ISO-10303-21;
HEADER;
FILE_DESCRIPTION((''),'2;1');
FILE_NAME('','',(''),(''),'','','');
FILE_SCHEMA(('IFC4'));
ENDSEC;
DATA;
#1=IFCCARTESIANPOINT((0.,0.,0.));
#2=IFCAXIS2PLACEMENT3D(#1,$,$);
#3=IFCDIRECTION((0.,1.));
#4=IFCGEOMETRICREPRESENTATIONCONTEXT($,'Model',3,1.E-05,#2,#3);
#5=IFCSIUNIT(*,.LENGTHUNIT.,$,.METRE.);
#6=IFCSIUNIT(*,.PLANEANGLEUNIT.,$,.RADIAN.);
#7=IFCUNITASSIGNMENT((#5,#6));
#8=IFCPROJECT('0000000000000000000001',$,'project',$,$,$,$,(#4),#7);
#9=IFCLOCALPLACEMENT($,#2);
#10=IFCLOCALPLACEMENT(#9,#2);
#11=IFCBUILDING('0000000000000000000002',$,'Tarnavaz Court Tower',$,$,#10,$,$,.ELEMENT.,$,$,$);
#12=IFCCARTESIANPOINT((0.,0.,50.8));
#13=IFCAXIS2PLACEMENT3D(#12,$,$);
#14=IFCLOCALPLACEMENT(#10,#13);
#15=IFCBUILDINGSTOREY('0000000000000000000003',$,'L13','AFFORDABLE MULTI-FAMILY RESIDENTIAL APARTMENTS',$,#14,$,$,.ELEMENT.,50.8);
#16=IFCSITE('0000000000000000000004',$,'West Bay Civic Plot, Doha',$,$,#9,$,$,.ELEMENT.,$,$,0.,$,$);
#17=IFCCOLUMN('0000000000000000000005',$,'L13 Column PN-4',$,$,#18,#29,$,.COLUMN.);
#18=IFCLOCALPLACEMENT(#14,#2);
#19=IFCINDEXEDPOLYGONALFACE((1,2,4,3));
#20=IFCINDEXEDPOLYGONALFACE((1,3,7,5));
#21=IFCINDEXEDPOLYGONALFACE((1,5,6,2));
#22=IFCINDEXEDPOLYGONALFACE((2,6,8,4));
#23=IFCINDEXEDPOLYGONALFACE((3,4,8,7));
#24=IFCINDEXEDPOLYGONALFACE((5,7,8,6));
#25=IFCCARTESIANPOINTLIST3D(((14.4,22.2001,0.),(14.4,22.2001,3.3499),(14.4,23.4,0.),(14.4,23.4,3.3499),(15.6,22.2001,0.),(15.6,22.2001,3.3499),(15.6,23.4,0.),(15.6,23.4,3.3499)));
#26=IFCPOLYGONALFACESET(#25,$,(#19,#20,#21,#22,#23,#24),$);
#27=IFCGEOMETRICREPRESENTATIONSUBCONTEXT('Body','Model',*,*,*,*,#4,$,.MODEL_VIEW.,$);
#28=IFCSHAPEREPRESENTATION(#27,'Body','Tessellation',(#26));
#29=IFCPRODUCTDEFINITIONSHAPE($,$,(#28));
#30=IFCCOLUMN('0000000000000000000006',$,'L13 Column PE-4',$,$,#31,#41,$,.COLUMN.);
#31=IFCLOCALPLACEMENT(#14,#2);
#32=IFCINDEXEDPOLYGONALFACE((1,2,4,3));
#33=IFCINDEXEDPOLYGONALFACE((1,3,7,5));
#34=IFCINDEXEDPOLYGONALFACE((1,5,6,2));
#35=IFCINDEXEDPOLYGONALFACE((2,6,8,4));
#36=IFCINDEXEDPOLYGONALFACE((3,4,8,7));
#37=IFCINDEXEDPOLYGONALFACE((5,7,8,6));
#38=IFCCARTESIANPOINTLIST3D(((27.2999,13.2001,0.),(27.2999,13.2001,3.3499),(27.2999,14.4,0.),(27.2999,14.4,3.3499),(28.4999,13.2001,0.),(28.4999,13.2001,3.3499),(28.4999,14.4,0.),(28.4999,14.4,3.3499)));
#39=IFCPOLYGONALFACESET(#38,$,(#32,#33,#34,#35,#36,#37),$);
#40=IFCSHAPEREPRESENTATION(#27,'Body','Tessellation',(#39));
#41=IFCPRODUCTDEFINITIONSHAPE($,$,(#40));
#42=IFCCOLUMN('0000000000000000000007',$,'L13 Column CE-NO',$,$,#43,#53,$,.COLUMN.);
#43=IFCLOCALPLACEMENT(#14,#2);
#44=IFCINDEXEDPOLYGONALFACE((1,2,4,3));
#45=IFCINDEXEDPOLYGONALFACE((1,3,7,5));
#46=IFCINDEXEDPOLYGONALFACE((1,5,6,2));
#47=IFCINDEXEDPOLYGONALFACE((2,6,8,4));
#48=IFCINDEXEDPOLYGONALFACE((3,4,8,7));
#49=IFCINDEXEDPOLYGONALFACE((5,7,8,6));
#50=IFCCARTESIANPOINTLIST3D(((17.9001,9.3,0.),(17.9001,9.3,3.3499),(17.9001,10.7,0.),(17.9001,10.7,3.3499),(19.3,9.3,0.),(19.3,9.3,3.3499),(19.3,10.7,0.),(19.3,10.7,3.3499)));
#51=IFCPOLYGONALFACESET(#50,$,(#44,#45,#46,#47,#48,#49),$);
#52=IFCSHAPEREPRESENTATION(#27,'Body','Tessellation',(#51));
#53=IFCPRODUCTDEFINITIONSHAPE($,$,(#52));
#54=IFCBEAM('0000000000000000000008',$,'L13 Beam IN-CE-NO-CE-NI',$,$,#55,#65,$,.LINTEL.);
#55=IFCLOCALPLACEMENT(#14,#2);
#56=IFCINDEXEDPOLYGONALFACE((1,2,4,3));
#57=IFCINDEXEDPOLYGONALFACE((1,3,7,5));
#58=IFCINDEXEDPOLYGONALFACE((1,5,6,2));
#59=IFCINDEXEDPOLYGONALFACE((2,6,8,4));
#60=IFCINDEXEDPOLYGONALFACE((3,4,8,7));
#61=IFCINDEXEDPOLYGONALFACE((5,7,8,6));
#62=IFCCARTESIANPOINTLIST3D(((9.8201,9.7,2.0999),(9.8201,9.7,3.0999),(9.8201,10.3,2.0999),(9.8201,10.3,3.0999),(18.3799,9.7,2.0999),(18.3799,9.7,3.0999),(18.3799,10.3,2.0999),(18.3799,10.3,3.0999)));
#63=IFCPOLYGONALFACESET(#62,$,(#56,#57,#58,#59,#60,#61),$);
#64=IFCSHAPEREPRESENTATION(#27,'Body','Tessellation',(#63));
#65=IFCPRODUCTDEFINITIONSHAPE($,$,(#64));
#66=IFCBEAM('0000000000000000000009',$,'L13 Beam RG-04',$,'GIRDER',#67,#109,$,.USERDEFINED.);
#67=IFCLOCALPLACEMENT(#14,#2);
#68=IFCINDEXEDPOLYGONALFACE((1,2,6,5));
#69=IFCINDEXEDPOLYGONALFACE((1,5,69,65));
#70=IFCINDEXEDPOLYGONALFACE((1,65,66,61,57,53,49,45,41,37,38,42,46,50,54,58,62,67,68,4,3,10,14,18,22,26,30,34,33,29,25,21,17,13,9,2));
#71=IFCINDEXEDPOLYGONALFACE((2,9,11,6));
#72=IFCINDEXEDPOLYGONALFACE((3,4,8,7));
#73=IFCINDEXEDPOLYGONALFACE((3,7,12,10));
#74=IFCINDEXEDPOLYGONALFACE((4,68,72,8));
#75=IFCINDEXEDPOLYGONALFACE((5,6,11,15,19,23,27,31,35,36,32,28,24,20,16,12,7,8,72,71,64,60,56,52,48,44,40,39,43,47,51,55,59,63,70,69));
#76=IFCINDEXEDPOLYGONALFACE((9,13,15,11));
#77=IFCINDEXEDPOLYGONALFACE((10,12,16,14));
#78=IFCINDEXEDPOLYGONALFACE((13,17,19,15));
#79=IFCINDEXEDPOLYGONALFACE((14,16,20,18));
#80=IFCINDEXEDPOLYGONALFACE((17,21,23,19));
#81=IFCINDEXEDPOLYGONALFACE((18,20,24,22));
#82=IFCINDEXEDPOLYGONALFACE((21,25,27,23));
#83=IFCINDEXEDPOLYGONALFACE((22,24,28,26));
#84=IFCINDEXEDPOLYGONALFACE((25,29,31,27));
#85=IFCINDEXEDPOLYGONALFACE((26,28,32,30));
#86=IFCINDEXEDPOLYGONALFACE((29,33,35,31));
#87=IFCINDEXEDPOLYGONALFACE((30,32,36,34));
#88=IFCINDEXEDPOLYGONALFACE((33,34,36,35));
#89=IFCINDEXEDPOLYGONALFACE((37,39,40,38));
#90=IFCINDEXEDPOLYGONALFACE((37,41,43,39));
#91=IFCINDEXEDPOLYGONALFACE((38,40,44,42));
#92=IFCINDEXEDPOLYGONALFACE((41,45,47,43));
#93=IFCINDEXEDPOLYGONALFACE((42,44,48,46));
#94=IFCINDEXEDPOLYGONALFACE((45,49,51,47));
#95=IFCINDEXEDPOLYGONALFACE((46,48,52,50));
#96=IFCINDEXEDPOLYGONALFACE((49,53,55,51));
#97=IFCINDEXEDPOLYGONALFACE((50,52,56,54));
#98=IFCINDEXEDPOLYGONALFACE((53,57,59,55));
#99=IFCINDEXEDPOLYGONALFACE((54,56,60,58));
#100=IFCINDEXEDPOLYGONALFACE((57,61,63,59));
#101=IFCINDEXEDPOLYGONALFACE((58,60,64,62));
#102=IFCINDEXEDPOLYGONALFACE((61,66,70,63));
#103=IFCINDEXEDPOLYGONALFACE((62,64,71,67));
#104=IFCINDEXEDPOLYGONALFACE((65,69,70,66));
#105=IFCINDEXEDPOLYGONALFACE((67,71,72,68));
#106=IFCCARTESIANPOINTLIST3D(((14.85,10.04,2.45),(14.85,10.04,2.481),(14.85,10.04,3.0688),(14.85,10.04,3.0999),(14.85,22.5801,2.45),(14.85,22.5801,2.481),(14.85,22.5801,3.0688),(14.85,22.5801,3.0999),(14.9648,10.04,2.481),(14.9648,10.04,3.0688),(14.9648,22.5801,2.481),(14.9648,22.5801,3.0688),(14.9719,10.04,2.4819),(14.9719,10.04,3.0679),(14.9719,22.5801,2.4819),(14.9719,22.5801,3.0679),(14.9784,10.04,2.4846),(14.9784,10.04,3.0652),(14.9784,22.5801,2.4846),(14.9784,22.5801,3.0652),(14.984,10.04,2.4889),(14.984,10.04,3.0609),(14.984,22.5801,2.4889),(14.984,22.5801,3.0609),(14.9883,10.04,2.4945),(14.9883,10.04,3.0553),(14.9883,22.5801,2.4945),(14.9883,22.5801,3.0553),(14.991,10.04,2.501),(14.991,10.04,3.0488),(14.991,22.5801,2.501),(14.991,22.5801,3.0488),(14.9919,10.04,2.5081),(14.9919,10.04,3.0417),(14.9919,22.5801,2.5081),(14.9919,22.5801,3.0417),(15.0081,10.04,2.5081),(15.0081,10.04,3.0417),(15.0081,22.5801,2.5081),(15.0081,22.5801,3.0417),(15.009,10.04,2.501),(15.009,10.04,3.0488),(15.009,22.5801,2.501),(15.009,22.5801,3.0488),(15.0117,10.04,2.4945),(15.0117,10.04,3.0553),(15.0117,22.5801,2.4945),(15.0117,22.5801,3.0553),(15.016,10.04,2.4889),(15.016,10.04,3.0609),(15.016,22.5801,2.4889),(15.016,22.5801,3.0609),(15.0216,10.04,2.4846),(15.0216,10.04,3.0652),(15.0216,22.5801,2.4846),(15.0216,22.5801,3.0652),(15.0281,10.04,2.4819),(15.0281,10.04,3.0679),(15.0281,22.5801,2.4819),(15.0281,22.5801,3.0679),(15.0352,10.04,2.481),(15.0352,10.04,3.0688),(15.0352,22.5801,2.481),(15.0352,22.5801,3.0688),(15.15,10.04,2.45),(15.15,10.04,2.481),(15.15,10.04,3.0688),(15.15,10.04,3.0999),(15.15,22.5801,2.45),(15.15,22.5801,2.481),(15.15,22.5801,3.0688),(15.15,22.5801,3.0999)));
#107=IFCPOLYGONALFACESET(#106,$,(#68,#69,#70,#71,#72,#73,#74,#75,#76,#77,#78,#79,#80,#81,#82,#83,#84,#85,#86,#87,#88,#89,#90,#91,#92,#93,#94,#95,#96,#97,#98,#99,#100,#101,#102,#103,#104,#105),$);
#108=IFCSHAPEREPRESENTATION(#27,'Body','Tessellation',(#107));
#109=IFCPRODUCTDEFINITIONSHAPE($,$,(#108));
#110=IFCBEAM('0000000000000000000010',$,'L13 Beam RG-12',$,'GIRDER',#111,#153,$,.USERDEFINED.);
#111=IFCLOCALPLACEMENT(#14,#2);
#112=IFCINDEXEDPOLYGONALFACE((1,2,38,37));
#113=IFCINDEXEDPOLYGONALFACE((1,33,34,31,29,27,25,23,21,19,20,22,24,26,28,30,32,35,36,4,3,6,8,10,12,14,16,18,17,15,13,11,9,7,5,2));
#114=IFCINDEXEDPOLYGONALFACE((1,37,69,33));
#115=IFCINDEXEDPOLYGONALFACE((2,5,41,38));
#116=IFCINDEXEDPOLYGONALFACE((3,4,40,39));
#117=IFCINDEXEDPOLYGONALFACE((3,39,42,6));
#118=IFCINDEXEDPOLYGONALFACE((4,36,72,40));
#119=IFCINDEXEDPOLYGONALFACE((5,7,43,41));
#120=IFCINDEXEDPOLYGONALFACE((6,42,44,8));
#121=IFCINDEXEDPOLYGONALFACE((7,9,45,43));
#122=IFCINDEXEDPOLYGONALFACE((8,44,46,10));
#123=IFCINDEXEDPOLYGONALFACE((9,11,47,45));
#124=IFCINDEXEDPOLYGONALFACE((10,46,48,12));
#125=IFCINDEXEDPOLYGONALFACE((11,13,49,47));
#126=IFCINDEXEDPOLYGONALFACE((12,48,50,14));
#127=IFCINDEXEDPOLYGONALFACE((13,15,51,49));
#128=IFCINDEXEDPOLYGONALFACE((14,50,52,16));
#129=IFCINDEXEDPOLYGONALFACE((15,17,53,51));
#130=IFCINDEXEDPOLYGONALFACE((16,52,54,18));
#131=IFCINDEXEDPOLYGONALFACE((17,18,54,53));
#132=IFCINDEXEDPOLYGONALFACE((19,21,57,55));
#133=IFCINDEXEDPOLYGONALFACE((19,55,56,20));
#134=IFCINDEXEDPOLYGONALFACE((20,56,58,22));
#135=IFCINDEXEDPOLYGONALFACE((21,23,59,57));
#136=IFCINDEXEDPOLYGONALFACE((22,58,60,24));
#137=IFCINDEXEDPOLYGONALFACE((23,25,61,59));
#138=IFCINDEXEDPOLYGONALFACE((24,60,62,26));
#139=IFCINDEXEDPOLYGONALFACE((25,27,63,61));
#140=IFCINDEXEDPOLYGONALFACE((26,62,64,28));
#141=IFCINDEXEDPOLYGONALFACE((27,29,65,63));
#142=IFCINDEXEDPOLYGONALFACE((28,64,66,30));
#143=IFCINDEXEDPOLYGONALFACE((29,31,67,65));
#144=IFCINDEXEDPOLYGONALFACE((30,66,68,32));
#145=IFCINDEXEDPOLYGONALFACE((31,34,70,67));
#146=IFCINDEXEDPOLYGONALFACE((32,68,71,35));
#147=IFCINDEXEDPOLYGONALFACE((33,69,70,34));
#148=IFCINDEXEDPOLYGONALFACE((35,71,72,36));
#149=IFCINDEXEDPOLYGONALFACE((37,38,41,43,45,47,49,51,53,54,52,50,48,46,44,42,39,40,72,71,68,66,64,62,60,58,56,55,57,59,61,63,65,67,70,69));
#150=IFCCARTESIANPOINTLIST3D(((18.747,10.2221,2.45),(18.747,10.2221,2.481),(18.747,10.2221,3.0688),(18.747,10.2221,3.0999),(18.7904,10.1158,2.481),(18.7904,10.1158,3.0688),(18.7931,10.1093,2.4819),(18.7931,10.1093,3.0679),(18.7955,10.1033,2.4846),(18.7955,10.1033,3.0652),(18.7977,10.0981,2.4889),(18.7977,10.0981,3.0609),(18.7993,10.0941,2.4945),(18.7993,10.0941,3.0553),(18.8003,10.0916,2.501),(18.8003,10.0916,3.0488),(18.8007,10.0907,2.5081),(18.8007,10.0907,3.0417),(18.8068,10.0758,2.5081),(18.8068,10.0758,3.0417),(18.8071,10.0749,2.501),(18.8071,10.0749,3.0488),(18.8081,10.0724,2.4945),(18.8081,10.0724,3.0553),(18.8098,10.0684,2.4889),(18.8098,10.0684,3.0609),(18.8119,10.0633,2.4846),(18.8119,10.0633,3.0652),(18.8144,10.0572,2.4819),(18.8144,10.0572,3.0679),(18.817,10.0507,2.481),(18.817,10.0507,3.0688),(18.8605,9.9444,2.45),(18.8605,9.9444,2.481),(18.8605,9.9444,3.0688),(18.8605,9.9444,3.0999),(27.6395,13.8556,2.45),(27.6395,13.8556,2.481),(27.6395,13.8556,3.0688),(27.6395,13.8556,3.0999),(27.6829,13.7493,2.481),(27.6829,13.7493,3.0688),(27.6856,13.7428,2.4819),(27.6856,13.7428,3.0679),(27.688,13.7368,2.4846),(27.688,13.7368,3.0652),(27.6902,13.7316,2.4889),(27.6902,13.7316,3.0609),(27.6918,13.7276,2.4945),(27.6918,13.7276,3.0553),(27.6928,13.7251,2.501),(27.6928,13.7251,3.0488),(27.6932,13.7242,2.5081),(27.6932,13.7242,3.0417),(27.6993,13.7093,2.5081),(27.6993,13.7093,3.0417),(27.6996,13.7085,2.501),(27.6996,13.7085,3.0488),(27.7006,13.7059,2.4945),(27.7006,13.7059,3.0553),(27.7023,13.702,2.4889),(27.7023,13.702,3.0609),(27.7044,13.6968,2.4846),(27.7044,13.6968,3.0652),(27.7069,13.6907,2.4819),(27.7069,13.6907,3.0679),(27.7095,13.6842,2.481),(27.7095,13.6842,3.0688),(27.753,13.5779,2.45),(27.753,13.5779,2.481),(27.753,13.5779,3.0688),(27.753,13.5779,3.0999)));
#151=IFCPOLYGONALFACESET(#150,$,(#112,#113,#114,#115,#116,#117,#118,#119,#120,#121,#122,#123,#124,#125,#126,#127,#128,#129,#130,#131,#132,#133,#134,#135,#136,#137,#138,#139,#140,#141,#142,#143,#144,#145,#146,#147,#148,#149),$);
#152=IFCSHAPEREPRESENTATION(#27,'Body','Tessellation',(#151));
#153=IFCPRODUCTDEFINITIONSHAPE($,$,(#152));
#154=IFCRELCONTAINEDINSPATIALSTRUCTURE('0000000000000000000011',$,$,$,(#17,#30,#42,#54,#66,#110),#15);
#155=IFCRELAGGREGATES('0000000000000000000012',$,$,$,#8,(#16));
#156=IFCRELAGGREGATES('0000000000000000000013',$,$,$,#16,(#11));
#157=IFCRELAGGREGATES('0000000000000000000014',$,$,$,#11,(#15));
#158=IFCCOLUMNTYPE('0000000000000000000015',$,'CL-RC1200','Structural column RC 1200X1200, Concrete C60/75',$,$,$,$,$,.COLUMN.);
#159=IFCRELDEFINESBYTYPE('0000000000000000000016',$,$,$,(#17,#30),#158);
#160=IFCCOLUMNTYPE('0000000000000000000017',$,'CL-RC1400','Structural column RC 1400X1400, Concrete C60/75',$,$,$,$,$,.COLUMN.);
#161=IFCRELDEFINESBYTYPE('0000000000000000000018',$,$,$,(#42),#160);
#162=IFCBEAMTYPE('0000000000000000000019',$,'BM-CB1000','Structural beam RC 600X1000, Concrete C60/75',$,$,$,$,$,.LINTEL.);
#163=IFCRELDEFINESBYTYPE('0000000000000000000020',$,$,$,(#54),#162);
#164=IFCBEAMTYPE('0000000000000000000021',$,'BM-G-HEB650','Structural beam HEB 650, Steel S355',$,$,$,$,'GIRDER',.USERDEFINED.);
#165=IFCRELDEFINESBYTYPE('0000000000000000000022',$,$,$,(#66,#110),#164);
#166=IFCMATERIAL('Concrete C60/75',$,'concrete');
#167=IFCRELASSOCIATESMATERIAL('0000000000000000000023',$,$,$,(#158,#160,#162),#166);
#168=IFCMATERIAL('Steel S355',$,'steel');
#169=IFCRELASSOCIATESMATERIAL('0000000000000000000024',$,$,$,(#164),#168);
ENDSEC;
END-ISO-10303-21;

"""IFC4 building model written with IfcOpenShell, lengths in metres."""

from ifc_helpers import new_model, si_unit, direction, frame, origin, origin_2d, place, context, subcontext, project, spatial, rectangle, i_section, extrude, material, material_profile, profile_set, type_object, element, save


model = new_model("IFC4")

# Units and contexts
model_context = context("Model", 3, precision=1e-05, world=origin(), true_north=direction((0.0, 1.0)))
body_context = subcontext(model_context, "Body", "Model", "MODEL_VIEW")
ifc_project = project(units=[si_unit("LENGTHUNIT", "METRE"), si_unit("PLANEANGLEUNIT", "RADIAN")], contexts=[model_context])

# Site, building, storey
site_placement = place(None, origin())
site = spatial("IfcSite", under=ifc_project, at=site_placement, Name="West Bay Civic Plot, Doha", CompositionType="ELEMENT", RefElevation=0.0)
building_placement = place(site_placement, origin())
building = spatial("IfcBuilding", under=site, at=building_placement, Name="Tarnavaz Court Tower", CompositionType="ELEMENT")
storey_placement = place(building_placement, frame((0.0, 0.0, 50.8)))
storey = spatial("IfcBuildingStorey", under=building, at=storey_placement, Name="L13", Description="AFFORDABLE MULTI-FAMILY RESIDENTIAL APARTMENTS", CompositionType="ELEMENT", Elevation=50.8)

# Columns
ifc_material_1 = material(Name="Concrete C60/75", Category="concrete")
ifc_material_profile_1 = material_profile(ifc_material_1, rectangle(XDim=1.2, YDim=1.2, at=origin_2d()), Name="RC 1200X1200")
ifc_profile_set_1 = profile_set([ifc_material_profile_1], Name="Concrete C60/75")
column_type_1 = type_object("IfcColumnType", Name="CL-RC1200", Description="Structural column RC 1200X1200, Concrete C60/75", PredefinedType="COLUMN", material=ifc_profile_set_1)
for number, where, z_axis, x_axis, name in (
    (1, (15.0, 22.8, 0.0), (0.0, 0.0, 1.0), (1.0, 0.0, 0.0), "L13 Column PN-4"),
    (2, (27.8999, 13.8, 0.0), (0.0, 0.0, 1.0), (1.0, 0.0, 0.0), "L13 Column PE-4"),
):
    element("IfcColumn", number, at=place(storey_placement, frame(where, z_axis=z_axis, x_axis=x_axis)), inside=storey, type_object=column_type_1, Name=name, PredefinedType="COLUMN", context=body_context, shape_type="SweptSolid", body=[
        extrude(rectangle(XDim=1.2, YDim=1.2, at=origin_2d()), origin(), (0.0, 0.0, 1.0), 3.3499),
    ])
ifc_material_profile_2 = material_profile(ifc_material_1, rectangle(XDim=1.3999, YDim=1.3999, at=origin_2d()), Name="RC 1400X1400")
ifc_profile_set_2 = profile_set([ifc_material_profile_2], Name="Concrete C60/75")
column_type_2 = type_object("IfcColumnType", Name="CL-RC1400", Description="Structural column RC 1400X1400, Concrete C60/75", PredefinedType="COLUMN", material=ifc_profile_set_2)
column_placement = place(storey_placement, frame((18.6001, 10.0, 0.0), z_axis=(0.0, 0.0, 1.0), x_axis=(1.0, 0.0, 0.0)))
element("IfcColumn", 3, at=column_placement, inside=storey, type_object=column_type_2, Name="L13 Column CE-NO", PredefinedType="COLUMN", context=body_context, shape_type="SweptSolid", body=[
    extrude(rectangle(XDim=1.3999, YDim=1.3999, at=origin_2d()), origin(), (0.0, 0.0, 1.0), 3.3499),
])

# Beams
ifc_material_profile_3 = material_profile(ifc_material_1, rectangle(XDim=0.6001, YDim=1.0, at=origin_2d()), Name="RC 600X1000")
ifc_profile_set_3 = profile_set([ifc_material_profile_3], Name="Concrete C60/75")
beam_type_1 = type_object("IfcBeamType", Name="BM-CB1000", Description="Structural beam RC 600X1000, Concrete C60/75", PredefinedType="LINTEL", material=ifc_profile_set_3)
beam_1_placement = place(storey_placement, frame((18.3799, 10.0, 2.5999), z_axis=(-1.0, 0.0, 0.0), x_axis=(0.0, -1.0, 0.0)))
element("IfcBeam", 4, at=beam_1_placement, inside=storey, type_object=beam_type_1, Name="L13 Beam IN-CE-NO-CE-NI", PredefinedType="LINTEL", context=body_context, shape_type="SweptSolid", body=[
    extrude(rectangle(XDim=0.6001, YDim=1.0, at=origin_2d()), origin(), (0.0, 0.0, 1.0), 8.5598),
])
ifc_material_2 = material(Name="Steel S355", Category="steel")
ifc_material_profile_4 = material_profile(ifc_material_2, i_section(OverallWidth=0.3, OverallDepth=0.6499, WebThickness=0.0161, FlangeThickness=0.031, FilletRadius=0.0271, at=origin_2d()), Name="HEB 650")
ifc_profile_set_4 = profile_set([ifc_material_profile_4], Name="Steel S355")
beam_type_2 = type_object("IfcBeamType", Name="BM-G-HEB650", Description="Structural beam HEB 650, Steel S355", ElementType="GIRDER", PredefinedType="USERDEFINED", material=ifc_profile_set_4)
beam_2_placement = place(storey_placement, frame((15.0, 10.04, 2.7749), z_axis=(0.0, 1.0, 0.0), x_axis=(-1.0, 0.0, 0.0)))
element("IfcBeam", 5, at=beam_2_placement, inside=storey, type_object=beam_type_2, Name="L13 Beam RG-04", ObjectType="GIRDER", PredefinedType="USERDEFINED", context=body_context, shape_type="SweptSolid", body=[
    extrude(i_section(OverallWidth=0.3, OverallDepth=0.6499, WebThickness=0.0161, FlangeThickness=0.031, FilletRadius=0.0271, at=origin_2d()), origin(), (0.0, 0.0, 1.0), 12.54),
])
beam_3_placement = place(storey_placement, frame((18.8037, 10.0833, 2.7749), z_axis=(0.925705, 0.378247, 0.0), x_axis=(-0.378247, 0.925705, 0.0)))
element("IfcBeam", 6, at=beam_3_placement, inside=storey, type_object=beam_type_2, Name="L13 Beam RG-12", ObjectType="GIRDER", PredefinedType="USERDEFINED", context=body_context, shape_type="SweptSolid", body=[
    extrude(i_section(OverallWidth=0.3, OverallDepth=0.6499, WebThickness=0.0161, FlangeThickness=0.031, FilletRadius=0.0271, at=origin_2d()), origin(), (0.0, 0.0, 1.0), 9.6062),
])

save(model, "model.ifc")
